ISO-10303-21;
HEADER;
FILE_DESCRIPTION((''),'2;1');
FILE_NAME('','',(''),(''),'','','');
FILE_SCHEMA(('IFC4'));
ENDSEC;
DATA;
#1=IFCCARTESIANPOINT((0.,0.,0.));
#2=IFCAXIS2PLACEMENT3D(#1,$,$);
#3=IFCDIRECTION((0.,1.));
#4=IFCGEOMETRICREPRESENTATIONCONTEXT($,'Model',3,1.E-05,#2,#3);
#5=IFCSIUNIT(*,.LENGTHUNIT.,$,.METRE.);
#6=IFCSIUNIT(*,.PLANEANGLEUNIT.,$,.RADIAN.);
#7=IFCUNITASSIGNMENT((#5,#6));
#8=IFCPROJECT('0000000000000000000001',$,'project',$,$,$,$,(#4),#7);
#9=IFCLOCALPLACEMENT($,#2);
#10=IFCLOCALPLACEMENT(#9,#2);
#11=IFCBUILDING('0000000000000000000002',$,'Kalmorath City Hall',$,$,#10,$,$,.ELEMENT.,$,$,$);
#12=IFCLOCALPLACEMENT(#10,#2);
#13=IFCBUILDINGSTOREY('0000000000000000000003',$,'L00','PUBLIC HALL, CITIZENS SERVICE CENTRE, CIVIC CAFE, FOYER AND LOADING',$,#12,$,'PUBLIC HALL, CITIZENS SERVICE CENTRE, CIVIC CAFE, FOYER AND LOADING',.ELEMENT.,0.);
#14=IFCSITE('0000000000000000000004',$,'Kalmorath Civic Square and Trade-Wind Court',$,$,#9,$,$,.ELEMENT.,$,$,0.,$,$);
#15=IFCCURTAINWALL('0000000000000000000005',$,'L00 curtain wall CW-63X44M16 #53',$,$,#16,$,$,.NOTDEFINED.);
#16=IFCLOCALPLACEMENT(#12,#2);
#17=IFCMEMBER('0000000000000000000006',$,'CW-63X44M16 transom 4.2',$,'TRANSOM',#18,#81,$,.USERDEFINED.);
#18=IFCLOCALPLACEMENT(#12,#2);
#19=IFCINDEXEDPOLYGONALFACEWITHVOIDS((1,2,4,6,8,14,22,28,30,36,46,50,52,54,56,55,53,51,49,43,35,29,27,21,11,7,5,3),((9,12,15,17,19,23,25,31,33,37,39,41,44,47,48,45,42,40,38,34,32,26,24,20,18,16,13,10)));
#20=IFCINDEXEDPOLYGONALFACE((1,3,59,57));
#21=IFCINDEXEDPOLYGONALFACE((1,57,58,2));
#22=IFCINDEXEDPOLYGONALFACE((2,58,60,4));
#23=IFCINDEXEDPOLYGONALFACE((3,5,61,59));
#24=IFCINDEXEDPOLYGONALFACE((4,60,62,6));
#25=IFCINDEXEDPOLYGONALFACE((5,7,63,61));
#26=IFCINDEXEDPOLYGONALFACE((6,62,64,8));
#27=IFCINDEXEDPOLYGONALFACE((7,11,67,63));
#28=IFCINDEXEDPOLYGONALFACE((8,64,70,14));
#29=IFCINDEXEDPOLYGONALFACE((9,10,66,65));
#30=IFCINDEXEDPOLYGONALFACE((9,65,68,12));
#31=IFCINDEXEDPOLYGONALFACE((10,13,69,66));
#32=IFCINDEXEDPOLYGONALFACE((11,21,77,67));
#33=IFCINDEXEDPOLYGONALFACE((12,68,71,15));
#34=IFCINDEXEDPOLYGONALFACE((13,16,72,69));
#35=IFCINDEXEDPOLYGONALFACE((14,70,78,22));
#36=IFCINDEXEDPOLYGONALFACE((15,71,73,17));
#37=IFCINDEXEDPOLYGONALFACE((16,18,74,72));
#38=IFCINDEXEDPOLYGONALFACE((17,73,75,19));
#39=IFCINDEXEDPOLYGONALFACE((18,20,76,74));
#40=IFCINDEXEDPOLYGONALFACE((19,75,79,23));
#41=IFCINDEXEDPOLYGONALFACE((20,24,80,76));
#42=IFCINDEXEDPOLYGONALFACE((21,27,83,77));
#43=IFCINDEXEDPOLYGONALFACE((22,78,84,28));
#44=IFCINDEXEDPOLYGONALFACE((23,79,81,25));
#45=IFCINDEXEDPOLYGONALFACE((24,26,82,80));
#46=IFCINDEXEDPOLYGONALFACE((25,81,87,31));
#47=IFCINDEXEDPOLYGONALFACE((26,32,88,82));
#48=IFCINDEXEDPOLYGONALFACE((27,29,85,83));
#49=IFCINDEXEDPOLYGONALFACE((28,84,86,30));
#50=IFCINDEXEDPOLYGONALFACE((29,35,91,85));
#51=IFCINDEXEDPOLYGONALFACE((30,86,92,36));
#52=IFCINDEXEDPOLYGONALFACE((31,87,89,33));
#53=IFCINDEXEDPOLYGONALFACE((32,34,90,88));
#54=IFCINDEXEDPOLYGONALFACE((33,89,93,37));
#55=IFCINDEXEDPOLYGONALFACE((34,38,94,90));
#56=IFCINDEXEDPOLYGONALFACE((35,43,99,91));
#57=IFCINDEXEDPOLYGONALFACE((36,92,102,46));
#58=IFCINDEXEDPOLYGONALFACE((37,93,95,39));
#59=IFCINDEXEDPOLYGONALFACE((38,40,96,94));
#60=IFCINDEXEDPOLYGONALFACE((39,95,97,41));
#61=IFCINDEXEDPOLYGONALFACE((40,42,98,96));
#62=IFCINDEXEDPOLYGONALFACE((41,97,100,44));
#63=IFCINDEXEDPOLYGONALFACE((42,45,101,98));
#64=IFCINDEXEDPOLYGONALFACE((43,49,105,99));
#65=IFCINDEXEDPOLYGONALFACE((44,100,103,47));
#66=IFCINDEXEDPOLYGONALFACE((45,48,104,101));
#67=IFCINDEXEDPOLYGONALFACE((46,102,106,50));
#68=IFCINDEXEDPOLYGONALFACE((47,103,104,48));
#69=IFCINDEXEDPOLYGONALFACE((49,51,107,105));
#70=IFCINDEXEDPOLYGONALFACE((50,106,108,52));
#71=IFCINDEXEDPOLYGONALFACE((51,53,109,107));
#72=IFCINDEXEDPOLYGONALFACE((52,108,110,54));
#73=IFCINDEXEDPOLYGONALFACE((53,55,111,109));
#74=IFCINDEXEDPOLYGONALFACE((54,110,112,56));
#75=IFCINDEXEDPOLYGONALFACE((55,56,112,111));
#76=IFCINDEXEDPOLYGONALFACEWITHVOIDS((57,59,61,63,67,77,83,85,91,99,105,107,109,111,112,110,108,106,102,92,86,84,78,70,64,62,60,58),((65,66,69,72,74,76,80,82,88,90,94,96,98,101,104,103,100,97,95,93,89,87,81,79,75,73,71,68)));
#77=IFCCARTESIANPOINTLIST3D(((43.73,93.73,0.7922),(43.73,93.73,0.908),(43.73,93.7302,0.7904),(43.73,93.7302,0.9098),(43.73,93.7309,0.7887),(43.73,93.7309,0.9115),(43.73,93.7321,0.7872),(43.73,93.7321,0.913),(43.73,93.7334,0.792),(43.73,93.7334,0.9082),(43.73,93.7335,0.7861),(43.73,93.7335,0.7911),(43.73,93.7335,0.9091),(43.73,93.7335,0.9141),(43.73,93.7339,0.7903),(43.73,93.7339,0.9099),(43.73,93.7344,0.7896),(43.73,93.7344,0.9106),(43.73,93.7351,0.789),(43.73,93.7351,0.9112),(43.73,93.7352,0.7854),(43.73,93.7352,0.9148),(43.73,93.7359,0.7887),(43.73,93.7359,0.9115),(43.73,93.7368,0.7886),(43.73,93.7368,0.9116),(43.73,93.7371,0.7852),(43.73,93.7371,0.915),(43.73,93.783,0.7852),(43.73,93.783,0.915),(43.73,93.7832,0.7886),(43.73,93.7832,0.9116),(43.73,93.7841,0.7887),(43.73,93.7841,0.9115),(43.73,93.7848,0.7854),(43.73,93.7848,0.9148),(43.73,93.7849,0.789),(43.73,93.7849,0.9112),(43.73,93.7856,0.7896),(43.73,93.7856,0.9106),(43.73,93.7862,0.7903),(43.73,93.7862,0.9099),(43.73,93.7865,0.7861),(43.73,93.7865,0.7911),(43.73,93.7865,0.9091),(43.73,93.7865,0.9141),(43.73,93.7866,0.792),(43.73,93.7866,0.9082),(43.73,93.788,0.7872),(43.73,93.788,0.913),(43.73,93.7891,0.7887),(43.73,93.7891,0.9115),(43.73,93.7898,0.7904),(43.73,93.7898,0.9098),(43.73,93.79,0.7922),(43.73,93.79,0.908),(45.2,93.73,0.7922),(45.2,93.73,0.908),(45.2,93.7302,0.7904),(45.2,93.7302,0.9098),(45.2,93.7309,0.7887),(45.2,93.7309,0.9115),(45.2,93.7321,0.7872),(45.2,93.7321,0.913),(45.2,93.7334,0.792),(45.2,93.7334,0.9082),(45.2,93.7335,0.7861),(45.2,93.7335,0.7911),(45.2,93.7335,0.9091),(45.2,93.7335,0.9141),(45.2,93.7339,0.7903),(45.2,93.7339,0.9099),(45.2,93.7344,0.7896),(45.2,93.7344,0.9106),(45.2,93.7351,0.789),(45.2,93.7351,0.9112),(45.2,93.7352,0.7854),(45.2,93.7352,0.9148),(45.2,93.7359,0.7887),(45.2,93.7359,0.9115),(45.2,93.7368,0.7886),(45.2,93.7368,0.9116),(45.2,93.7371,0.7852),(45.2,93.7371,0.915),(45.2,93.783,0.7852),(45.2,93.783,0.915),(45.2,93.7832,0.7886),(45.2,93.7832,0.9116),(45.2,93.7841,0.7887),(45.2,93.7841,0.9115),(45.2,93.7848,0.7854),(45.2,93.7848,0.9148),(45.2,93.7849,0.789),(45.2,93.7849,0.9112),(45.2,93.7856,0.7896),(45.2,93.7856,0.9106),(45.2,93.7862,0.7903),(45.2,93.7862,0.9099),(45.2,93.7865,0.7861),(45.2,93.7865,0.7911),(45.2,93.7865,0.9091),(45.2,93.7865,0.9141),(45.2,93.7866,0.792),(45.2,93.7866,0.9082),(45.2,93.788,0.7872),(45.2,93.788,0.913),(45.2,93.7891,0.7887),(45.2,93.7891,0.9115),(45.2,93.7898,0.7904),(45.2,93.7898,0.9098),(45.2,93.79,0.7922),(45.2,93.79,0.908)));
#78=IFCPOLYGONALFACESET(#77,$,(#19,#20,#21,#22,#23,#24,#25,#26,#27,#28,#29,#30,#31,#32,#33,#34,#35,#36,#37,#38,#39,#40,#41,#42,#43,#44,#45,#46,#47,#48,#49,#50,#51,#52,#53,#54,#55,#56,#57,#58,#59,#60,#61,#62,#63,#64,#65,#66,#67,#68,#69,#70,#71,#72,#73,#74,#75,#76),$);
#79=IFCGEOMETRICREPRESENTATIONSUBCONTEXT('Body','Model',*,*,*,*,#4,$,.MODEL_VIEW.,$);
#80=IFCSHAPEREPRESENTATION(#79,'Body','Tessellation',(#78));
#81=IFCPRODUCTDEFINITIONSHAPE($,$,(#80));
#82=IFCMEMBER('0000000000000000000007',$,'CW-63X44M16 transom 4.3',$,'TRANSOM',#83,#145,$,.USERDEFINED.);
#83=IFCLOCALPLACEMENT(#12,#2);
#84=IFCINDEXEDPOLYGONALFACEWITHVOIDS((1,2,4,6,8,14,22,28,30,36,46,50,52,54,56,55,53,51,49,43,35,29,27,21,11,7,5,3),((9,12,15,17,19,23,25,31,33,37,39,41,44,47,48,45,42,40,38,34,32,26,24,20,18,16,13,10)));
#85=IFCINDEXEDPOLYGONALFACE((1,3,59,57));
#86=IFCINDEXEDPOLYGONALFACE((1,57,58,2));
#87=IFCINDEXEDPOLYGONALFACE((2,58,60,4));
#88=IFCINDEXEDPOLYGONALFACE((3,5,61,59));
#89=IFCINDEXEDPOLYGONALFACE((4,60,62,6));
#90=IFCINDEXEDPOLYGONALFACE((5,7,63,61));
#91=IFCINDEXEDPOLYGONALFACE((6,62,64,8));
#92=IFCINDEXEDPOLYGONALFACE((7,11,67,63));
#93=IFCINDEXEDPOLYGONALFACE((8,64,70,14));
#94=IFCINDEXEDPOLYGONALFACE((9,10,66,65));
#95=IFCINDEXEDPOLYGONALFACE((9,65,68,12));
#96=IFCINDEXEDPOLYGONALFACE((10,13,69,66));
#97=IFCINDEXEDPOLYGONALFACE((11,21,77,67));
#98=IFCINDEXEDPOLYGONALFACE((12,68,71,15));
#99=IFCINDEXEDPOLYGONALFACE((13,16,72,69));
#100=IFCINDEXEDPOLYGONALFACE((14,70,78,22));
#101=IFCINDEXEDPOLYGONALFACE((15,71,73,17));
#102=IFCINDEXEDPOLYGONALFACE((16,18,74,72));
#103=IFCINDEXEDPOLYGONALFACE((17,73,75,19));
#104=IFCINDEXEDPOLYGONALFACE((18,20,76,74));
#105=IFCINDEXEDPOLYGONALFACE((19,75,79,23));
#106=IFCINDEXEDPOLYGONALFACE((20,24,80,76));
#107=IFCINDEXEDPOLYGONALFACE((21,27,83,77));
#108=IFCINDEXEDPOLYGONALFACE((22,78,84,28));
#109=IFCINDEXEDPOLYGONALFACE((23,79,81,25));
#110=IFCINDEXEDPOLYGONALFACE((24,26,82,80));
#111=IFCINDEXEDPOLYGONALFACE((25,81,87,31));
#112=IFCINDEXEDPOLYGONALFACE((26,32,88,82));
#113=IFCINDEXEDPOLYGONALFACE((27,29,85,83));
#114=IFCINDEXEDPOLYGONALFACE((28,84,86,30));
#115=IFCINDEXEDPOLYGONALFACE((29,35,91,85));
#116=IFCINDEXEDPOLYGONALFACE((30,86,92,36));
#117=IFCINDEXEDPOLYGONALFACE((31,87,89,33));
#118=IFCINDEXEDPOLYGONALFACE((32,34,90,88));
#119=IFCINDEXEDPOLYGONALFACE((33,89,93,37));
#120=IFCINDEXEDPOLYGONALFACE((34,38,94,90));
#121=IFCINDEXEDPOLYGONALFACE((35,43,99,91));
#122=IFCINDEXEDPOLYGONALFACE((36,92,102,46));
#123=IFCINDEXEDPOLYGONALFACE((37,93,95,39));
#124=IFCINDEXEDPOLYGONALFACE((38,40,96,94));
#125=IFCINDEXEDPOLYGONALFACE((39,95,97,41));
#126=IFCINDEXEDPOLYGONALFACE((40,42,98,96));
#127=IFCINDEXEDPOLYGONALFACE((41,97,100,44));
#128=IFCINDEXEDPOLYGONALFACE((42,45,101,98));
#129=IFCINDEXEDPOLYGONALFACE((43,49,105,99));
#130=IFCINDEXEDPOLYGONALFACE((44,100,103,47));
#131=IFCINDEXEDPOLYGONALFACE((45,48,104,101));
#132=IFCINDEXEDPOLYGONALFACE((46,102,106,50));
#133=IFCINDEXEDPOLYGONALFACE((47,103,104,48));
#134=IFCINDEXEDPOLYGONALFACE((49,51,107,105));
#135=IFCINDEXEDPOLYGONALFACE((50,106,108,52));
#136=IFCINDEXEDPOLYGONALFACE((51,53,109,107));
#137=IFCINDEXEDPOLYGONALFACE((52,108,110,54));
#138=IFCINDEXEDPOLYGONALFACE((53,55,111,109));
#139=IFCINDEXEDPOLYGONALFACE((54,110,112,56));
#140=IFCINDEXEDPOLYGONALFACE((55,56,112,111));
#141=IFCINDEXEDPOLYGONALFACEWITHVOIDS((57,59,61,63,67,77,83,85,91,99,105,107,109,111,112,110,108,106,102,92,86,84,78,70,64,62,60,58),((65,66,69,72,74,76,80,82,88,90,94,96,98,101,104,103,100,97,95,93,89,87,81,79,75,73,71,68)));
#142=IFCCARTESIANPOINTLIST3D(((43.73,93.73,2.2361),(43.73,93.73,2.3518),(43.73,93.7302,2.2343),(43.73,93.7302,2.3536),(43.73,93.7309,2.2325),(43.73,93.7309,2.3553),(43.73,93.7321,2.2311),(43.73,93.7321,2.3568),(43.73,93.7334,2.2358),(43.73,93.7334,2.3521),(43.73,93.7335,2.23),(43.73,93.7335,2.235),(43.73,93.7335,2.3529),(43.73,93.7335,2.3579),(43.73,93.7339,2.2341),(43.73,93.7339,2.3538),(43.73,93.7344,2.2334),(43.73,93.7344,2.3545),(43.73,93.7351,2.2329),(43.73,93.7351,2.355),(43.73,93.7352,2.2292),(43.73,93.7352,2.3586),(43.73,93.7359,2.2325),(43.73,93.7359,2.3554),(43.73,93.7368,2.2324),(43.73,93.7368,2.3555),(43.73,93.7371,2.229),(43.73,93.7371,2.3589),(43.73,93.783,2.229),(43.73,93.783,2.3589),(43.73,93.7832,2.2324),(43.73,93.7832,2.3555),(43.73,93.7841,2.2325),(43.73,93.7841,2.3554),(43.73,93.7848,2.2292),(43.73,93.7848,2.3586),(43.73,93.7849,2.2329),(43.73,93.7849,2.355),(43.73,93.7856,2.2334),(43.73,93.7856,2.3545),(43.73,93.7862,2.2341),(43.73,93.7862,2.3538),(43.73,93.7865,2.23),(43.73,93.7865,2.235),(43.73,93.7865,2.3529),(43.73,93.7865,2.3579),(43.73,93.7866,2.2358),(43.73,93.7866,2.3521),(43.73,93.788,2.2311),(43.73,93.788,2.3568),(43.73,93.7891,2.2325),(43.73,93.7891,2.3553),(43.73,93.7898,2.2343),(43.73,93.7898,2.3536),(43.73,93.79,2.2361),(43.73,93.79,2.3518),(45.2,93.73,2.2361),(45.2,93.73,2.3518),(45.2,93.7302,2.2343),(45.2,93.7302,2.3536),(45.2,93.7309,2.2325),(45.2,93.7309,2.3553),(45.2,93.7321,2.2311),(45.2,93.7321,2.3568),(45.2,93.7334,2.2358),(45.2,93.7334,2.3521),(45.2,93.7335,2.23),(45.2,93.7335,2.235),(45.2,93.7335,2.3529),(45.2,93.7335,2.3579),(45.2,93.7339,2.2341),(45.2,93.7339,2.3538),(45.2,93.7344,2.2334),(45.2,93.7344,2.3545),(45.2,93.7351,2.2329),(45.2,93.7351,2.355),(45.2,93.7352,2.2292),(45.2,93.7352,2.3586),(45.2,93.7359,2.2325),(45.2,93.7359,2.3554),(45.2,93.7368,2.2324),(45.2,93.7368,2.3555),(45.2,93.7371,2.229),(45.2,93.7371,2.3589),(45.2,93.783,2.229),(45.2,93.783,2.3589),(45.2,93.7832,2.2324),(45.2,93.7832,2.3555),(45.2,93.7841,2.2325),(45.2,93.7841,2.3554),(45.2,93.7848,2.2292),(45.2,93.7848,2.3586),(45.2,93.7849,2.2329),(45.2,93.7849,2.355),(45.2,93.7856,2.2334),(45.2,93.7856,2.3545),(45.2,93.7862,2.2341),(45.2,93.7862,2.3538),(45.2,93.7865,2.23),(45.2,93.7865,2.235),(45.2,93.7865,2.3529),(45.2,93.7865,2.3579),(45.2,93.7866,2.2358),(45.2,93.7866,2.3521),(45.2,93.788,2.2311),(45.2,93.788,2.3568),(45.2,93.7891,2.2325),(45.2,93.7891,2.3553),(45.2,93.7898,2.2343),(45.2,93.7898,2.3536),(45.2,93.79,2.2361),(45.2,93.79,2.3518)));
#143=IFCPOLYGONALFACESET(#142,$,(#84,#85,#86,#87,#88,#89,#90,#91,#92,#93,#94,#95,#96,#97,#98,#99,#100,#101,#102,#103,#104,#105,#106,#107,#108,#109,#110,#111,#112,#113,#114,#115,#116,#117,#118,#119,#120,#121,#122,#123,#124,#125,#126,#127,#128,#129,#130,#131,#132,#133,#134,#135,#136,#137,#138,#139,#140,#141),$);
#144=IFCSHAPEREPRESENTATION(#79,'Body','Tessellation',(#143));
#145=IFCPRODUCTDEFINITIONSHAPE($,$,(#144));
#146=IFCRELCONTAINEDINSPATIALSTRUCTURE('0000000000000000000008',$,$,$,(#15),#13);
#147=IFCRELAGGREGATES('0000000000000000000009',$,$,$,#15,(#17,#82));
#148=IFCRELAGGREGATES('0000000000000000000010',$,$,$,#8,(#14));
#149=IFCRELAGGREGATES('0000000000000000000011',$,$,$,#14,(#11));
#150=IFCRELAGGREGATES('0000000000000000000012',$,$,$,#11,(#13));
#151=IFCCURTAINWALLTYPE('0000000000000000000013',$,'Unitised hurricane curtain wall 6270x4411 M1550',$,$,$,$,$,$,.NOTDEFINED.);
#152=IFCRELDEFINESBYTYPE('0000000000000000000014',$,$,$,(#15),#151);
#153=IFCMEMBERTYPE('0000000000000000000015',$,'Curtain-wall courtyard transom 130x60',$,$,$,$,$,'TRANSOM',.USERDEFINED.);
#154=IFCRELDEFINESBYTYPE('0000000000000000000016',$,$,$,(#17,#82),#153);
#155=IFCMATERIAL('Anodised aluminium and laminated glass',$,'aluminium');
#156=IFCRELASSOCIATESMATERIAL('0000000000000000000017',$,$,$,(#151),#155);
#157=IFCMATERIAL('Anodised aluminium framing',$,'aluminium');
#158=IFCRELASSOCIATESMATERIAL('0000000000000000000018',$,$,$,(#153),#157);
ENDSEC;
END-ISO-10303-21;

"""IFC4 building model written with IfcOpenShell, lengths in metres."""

from ifc_helpers import new_model, si_unit, direction, frame, origin, origin_2d, place, context, subcontext, project, spatial, hollow_rectangle, extrude, material, material_profile, profile_set, type_object, element, aggregate, save


model = new_model("IFC4")

# Units and contexts
model_context = context("Model", 3, precision=1e-05, world=origin(), true_north=direction((0.0, 1.0)))
body_context = subcontext(model_context, "Body", "Model", "MODEL_VIEW")
ifc_project = project(units=[si_unit("LENGTHUNIT", "METRE"), si_unit("PLANEANGLEUNIT", "RADIAN")], contexts=[model_context])

# Site, building, storey
site_placement = place(None, origin())
site = spatial("IfcSite", under=ifc_project, at=site_placement, Name="Kalmorath Civic Square and Trade-Wind Court", CompositionType="ELEMENT", RefElevation=0.0)
building_placement = place(site_placement, origin())
building = spatial("IfcBuilding", under=site, at=building_placement, Name="Kalmorath City Hall", CompositionType="ELEMENT")
storey_placement = place(building_placement, origin())
storey = spatial("IfcBuildingStorey", under=building, at=storey_placement, Name="L00", Description="PUBLIC HALL, CITIZENS SERVICE CENTRE, CIVIC CAFE, FOYER AND LOADING", LongName="PUBLIC HALL, CITIZENS SERVICE CENTRE, CIVIC CAFE, FOYER AND LOADING", CompositionType="ELEMENT", Elevation=0.0)

# Curtain wall, members
ifc_material_1 = material(Name="Anodised aluminium and laminated glass", Category="aluminium")
curtain_wall_type = type_object("IfcCurtainWallType", Name="Unitised hurricane curtain wall 6270x4411 M1550", PredefinedType="NOTDEFINED", material=ifc_material_1)
curtain_wall_placement = place(storey_placement, origin())
curtain_wall = element("IfcCurtainWall", 1, at=curtain_wall_placement, inside=storey, type_object=curtain_wall_type, Name="L00 curtain wall CW-63X44M16 #53", PredefinedType="NOTDEFINED")
ifc_material_2 = material(Name="Anodised aluminium framing", Category="aluminium")
ifc_material_profile_1 = material_profile(ifc_material_2, hollow_rectangle(XDim=0.0601, YDim=0.1299, WallThickness=0.0034, InnerFilletRadius=0.0034, OuterFilletRadius=0.0071, at=origin_2d()), Name="ALU-TRN-130X60X3.5")
ifc_profile_set_1 = profile_set([ifc_material_profile_1], Name="Anodised aluminium framing")
member_type_1 = type_object("IfcMemberType", Name="Curtain-wall courtyard transom 130x60", ElementType="TRANSOM", PredefinedType="USERDEFINED", material=ifc_profile_set_1)
member_1_placement = place(storey_placement, frame((45.2, 93.76, 0.8501), z_axis=(-1.0, 0.0, 0.0), x_axis=(0.0, -1.0, 0.0)))
member_1 = element("IfcMember", 2, at=member_1_placement, type_object=member_type_1, Name="CW-63X44M16 transom 4.2", ObjectType="TRANSOM", PredefinedType="USERDEFINED", context=body_context, shape_type="SweptSolid", body=[
    extrude(hollow_rectangle(XDim=0.0601, YDim=0.1299, WallThickness=0.0034, InnerFilletRadius=0.0034, OuterFilletRadius=0.0071, at=origin_2d()), origin(), (0.0, 0.0, 1.0), 1.47),
])
member_2_placement = place(storey_placement, frame((45.2, 93.76, 2.2939), z_axis=(-1.0, 0.0, 0.0), x_axis=(0.0, -1.0, 0.0)))
member_2 = element("IfcMember", 3, at=member_2_placement, type_object=member_type_1, Name="CW-63X44M16 transom 4.3", ObjectType="TRANSOM", PredefinedType="USERDEFINED", context=body_context, shape_type="SweptSolid", body=[
    extrude(hollow_rectangle(XDim=0.0601, YDim=0.1299, WallThickness=0.0034, InnerFilletRadius=0.0034, OuterFilletRadius=0.0071, at=origin_2d()), origin(), (0.0, 0.0, 1.0), 1.47),
])
aggregate(curtain_wall, [member_1, member_2])

save(model, "model.ifc")
